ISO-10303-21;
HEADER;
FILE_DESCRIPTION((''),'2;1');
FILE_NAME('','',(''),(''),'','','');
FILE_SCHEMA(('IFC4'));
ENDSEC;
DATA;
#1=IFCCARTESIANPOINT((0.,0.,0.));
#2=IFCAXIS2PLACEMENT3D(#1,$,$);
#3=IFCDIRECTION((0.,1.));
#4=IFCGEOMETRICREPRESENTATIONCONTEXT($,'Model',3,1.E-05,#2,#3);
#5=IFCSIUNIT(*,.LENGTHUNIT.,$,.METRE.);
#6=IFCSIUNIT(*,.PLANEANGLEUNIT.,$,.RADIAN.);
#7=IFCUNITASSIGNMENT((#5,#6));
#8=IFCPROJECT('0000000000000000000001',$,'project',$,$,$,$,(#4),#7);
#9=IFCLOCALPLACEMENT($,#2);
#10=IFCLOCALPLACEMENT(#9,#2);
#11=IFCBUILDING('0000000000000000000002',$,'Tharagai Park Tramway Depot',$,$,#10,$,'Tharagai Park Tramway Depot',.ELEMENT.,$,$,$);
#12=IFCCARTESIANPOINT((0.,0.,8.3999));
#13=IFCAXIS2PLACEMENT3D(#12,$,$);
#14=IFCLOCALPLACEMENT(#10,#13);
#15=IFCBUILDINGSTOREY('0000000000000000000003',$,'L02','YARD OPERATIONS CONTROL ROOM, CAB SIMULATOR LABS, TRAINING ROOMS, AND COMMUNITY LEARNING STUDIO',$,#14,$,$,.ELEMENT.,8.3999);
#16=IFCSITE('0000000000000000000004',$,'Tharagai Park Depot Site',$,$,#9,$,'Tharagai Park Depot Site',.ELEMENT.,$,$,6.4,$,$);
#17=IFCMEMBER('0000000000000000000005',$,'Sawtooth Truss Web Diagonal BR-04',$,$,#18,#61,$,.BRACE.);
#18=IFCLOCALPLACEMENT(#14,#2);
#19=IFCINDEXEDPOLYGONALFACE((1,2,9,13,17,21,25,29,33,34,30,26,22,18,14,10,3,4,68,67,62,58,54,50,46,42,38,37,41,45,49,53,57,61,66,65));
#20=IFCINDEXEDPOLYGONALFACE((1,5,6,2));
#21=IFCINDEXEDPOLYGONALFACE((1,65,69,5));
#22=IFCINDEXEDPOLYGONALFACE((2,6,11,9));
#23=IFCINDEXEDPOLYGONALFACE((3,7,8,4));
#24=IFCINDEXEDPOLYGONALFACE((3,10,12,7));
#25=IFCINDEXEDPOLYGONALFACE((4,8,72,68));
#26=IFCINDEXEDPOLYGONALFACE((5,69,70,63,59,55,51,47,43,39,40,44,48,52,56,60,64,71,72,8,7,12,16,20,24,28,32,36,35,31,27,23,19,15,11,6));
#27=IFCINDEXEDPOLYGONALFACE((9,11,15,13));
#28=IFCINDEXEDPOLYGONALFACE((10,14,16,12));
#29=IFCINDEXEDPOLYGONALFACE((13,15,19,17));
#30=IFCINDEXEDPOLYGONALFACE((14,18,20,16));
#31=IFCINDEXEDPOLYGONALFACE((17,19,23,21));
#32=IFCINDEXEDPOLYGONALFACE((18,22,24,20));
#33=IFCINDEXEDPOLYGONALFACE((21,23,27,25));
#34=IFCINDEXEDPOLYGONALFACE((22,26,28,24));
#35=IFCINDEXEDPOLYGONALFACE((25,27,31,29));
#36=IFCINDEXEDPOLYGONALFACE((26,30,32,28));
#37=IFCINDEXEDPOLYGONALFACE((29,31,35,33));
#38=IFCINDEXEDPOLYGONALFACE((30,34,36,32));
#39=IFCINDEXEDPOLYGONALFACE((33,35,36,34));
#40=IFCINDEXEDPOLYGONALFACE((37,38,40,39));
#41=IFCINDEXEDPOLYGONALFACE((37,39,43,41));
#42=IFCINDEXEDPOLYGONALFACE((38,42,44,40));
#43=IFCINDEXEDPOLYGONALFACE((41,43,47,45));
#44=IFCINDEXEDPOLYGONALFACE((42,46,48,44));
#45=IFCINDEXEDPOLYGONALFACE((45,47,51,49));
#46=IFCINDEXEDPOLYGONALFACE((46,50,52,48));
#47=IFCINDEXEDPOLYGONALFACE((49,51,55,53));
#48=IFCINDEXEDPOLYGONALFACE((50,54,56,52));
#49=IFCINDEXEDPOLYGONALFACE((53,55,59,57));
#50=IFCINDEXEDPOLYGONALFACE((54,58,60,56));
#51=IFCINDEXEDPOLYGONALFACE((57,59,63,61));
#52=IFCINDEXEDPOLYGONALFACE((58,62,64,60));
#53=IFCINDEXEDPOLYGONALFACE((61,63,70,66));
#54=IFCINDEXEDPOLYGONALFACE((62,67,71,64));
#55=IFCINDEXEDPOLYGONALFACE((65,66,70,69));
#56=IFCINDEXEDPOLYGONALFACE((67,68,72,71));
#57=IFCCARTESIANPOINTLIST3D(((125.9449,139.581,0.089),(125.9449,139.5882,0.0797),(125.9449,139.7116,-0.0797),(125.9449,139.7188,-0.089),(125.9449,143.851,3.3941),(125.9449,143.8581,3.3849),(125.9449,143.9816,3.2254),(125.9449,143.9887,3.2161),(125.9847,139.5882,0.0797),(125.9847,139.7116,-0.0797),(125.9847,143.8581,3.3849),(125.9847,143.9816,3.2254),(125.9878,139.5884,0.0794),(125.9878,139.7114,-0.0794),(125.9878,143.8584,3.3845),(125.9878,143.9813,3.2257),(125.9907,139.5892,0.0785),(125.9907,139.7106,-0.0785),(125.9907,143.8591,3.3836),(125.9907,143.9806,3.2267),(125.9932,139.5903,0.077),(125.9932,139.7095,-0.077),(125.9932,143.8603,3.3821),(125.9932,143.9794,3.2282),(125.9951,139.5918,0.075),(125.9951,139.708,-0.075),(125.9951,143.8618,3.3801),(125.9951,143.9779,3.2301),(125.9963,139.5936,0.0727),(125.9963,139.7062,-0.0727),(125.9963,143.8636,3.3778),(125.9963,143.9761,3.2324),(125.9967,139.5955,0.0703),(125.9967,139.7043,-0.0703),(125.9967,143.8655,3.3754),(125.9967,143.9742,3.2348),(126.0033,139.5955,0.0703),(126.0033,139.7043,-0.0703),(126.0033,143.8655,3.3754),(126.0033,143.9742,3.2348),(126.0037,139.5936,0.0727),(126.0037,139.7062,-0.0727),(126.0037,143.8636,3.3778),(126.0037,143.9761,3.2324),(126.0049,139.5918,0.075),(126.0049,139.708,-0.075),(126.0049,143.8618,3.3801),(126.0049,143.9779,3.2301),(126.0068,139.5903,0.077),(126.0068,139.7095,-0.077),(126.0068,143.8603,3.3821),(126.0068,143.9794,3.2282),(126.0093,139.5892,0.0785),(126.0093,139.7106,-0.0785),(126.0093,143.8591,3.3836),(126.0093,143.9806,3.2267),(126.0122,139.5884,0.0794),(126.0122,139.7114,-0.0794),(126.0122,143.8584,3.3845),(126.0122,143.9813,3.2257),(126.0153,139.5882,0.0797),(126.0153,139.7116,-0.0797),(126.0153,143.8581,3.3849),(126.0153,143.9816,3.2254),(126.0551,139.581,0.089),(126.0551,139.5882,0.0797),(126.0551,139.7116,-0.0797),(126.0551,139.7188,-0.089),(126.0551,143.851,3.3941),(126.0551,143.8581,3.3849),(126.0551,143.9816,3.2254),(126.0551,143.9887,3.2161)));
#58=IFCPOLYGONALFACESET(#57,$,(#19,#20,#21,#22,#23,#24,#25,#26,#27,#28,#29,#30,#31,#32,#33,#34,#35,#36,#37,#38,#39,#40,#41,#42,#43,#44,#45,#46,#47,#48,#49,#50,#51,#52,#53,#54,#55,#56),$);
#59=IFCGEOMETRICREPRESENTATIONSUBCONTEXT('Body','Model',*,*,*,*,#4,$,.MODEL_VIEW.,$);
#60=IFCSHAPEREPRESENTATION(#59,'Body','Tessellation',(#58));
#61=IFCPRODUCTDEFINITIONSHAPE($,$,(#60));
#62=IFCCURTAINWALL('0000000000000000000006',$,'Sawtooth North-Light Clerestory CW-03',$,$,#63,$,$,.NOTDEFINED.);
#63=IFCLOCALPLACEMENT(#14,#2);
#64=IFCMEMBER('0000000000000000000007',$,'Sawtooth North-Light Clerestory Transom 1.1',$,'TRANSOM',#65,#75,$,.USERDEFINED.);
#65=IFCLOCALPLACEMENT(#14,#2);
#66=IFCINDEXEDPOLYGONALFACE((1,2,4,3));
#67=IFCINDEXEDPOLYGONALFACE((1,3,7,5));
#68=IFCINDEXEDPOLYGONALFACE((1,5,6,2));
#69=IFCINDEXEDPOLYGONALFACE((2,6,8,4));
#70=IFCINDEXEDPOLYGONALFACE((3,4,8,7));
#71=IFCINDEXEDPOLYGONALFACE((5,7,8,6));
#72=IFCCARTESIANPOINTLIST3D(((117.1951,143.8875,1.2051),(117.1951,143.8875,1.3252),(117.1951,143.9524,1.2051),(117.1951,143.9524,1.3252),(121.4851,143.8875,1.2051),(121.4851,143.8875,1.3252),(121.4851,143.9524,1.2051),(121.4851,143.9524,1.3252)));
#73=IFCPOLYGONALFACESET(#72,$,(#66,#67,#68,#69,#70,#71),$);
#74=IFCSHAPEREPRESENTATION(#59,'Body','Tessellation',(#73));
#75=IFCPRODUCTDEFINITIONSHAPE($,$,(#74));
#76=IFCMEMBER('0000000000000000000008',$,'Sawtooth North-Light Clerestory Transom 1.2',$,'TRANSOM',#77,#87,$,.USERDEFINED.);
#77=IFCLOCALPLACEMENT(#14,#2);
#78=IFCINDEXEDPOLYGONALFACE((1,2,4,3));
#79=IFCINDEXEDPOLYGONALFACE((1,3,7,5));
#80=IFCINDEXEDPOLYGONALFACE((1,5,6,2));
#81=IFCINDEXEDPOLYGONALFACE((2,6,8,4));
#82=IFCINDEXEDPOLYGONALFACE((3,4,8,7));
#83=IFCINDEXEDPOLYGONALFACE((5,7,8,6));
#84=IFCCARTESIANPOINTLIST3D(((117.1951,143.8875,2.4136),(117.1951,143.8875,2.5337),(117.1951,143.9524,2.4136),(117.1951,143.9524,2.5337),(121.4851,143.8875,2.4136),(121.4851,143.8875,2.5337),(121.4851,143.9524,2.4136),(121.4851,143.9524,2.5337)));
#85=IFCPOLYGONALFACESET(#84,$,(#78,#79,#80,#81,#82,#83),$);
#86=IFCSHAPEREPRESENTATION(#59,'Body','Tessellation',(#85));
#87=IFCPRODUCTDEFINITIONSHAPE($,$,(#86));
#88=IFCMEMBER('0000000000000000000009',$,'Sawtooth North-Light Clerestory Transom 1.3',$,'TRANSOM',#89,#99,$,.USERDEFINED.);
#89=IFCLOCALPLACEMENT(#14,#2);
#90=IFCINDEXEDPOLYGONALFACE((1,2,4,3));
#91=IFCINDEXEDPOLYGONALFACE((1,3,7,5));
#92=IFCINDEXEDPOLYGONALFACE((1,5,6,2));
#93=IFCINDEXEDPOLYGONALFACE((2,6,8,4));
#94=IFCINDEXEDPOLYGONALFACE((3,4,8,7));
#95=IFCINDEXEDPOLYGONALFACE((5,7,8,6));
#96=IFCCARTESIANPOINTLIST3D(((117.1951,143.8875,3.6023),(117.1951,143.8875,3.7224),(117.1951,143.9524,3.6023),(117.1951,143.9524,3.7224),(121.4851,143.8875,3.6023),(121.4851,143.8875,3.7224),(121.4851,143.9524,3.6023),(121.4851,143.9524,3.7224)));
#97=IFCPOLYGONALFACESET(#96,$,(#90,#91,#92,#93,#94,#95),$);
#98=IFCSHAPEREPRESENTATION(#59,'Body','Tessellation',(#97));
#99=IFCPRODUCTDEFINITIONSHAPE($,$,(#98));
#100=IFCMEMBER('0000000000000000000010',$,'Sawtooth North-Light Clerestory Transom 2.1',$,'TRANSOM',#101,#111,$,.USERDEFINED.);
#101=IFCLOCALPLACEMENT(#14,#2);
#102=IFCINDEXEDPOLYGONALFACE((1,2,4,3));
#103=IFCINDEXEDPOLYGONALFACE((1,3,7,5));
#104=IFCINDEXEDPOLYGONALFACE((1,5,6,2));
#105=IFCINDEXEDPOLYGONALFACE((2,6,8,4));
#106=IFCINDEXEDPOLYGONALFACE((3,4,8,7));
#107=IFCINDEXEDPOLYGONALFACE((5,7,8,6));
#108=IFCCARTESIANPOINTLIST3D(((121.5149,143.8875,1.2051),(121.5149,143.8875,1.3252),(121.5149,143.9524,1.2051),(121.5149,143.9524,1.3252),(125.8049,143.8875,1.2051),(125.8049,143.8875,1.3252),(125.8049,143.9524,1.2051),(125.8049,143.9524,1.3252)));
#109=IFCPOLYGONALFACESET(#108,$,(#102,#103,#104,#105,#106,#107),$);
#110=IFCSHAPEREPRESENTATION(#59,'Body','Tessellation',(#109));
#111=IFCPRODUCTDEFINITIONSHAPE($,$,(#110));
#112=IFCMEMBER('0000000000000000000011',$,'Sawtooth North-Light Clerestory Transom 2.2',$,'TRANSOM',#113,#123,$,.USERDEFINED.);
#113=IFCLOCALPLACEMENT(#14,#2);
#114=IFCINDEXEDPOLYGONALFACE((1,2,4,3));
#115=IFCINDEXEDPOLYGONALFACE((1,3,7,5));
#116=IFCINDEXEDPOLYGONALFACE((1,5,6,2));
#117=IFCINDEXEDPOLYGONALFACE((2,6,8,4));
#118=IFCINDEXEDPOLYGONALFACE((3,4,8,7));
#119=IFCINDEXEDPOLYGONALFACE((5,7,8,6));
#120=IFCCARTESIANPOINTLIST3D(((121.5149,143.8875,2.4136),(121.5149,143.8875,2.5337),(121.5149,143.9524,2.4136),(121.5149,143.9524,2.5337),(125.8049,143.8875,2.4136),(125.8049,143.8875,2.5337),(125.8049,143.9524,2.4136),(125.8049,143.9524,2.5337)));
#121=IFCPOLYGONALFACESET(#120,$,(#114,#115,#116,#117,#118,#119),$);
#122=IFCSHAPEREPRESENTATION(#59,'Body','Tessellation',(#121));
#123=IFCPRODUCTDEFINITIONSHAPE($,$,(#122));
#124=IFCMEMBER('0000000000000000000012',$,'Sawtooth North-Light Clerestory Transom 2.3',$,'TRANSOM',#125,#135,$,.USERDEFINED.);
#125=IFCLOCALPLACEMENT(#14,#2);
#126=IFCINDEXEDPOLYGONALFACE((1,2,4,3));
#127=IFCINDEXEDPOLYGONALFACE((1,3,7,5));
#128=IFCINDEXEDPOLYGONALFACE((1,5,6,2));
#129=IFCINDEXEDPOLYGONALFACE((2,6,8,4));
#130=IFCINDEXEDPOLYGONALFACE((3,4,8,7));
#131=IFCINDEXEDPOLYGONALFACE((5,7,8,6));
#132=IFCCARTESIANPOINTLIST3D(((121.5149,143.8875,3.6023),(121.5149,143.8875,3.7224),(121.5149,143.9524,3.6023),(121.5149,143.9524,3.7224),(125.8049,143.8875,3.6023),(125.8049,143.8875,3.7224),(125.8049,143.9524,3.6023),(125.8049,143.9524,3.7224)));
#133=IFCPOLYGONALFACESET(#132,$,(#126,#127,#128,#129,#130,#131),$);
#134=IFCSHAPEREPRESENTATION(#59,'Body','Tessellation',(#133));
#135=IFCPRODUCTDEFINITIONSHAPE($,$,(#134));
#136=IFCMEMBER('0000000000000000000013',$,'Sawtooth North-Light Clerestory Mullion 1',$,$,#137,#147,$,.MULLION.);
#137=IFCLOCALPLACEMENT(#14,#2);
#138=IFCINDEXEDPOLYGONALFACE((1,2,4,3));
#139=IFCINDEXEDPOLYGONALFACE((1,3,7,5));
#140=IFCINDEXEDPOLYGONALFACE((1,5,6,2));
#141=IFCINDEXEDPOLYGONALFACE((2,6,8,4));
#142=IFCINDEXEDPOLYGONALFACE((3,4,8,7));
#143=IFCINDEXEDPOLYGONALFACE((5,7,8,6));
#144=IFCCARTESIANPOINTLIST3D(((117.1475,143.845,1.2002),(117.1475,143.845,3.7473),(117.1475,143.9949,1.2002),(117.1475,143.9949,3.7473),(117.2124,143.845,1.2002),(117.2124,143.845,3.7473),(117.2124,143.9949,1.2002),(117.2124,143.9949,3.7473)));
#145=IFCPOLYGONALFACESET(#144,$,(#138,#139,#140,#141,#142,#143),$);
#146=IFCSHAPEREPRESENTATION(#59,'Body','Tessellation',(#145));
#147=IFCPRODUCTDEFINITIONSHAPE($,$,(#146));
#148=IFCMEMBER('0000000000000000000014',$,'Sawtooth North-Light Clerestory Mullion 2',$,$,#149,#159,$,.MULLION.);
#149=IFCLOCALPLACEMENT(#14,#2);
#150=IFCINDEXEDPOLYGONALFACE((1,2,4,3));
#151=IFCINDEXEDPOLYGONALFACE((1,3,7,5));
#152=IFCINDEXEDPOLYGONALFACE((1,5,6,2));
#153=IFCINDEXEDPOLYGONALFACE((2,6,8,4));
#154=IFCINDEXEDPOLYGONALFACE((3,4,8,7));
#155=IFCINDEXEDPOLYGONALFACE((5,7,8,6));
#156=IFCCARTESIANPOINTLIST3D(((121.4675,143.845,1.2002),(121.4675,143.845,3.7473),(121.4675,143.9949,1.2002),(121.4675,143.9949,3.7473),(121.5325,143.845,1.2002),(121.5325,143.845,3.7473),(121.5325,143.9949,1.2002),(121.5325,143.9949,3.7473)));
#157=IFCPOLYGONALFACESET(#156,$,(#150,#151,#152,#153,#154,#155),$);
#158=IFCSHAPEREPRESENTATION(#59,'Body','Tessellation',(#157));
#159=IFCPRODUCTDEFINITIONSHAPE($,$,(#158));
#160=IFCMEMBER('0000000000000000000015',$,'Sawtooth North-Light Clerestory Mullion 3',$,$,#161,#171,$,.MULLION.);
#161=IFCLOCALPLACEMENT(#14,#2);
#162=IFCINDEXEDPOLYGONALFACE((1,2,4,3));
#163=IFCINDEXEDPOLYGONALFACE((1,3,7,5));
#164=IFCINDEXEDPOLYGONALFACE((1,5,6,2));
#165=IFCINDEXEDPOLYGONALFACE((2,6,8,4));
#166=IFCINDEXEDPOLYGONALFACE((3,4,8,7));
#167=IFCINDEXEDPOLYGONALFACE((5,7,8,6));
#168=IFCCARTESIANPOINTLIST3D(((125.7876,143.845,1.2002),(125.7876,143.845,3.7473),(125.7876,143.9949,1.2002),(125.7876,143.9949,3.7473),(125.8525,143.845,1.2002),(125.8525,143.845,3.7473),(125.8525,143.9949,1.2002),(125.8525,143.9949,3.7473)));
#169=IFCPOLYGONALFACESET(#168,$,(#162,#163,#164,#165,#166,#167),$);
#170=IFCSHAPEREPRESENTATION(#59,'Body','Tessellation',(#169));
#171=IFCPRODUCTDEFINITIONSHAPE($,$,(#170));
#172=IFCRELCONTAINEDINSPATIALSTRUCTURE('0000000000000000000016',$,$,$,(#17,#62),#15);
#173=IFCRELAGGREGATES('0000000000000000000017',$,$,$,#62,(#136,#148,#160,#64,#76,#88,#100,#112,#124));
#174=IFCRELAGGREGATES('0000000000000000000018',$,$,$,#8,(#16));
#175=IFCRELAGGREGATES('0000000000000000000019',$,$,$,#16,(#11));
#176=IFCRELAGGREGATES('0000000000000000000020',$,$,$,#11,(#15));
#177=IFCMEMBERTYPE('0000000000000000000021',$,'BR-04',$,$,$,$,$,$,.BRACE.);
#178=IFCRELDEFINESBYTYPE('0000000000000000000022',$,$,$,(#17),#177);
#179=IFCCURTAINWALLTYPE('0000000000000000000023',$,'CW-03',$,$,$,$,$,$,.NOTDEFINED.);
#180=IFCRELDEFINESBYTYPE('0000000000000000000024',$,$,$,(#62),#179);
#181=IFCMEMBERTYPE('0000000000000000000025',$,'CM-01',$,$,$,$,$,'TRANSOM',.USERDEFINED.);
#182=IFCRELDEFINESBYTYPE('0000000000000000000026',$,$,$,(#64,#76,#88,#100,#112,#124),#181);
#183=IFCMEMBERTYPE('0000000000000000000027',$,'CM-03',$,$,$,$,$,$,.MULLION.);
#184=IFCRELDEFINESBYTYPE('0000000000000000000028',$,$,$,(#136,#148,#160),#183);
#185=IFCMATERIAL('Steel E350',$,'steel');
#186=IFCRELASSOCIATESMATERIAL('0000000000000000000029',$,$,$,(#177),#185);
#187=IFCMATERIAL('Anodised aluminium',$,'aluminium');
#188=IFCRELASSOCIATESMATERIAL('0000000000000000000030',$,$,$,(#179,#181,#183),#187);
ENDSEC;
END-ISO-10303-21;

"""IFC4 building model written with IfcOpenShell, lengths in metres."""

from ifc_helpers import new_model, si_unit, direction, frame, origin, origin_2d, place, context, subcontext, project, spatial, rectangle, i_section, extrude, material, material_profile, profile_set, type_object, element, aggregate, save


model = new_model("IFC4")

# Units and contexts
model_context = context("Model", 3, precision=1e-05, world=origin(), true_north=direction((0.0, 1.0)))
body_context = subcontext(model_context, "Body", "Model", "MODEL_VIEW")
ifc_project = project(units=[si_unit("LENGTHUNIT", "METRE"), si_unit("PLANEANGLEUNIT", "RADIAN")], contexts=[model_context])

# Site, building, storey
site_placement = place(None, origin())
site = spatial("IfcSite", under=ifc_project, at=site_placement, Name="Tharagai Park Depot Site", LongName="Tharagai Park Depot Site", CompositionType="ELEMENT", RefElevation=6.4)
building_placement = place(site_placement, origin())
building = spatial("IfcBuilding", under=site, at=building_placement, Name="Tharagai Park Tramway Depot", LongName="Tharagai Park Tramway Depot", CompositionType="ELEMENT")
storey_placement = place(building_placement, frame((0.0, 0.0, 8.3999)))
storey = spatial("IfcBuildingStorey", under=building, at=storey_placement, Name="L02", Description="YARD OPERATIONS CONTROL ROOM, CAB SIMULATOR LABS, TRAINING ROOMS, AND COMMUNITY LEARNING STUDIO", CompositionType="ELEMENT", Elevation=8.3999)

# Shared definitions
ifc_material_1 = material(Name="Steel E350", Category="steel")

# Member
ifc_material_profile_1 = material_profile(ifc_material_1, i_section(OverallWidth=0.1101, OverallDepth=0.2251, WebThickness=0.0066, FlangeThickness=0.0117, FilletRadius=0.012, at=origin_2d()), Name="ISMB 225")
ifc_profile_set_1 = profile_set([ifc_material_profile_1], Name="Steel E350")
member_type_1 = type_object("IfcMemberType", Name="BR-04", PredefinedType="BRACE", material=ifc_profile_set_1)
for number, where, z_axis, x_axis, name in (
    (1, (126.0, 139.6499, 0.0), (0.0, 0.790782, 0.612098), (-1.0, 0.0, 0.0), "Sawtooth Truss Web Diagonal BR-04"),
):
    element("IfcMember", number, at=place(storey_placement, frame(where, z_axis=z_axis, x_axis=x_axis)), inside=storey, type_object=member_type_1, Name=name, PredefinedType="BRACE", context=body_context, shape_type="SweptSolid", body=[
        extrude(i_section(OverallWidth=0.1101, OverallDepth=0.2251, WebThickness=0.0066, FlangeThickness=0.0117, FilletRadius=0.012, at=origin_2d()), origin(), (0.0, 0.0, 1.0), 5.3997),
    ])

# Curtain wall, members
ifc_material_2 = material(Name="Anodised aluminium", Category="aluminium")
curtain_wall_type = type_object("IfcCurtainWallType", Name="CW-03", PredefinedType="NOTDEFINED", material=ifc_material_2)
curtain_wall_placement = place(storey_placement, origin())
curtain_wall = element("IfcCurtainWall", 2, at=curtain_wall_placement, inside=storey, type_object=curtain_wall_type, Name="Sawtooth North-Light Clerestory CW-03", PredefinedType="NOTDEFINED")
ifc_material_profile_2 = material_profile(ifc_material_2, rectangle(XDim=0.0649, YDim=0.1201, at=origin_2d()), Name="ALU 65x120")
ifc_profile_set_2 = profile_set([ifc_material_profile_2], Name="Anodised aluminium")
member_type_2 = type_object("IfcMemberType", Name="CM-01", ElementType="TRANSOM", PredefinedType="USERDEFINED", material=ifc_profile_set_2)
member_1_placement = place(storey_placement, frame((117.1951, 143.9199, 1.2651), z_axis=(1.0, 0.0, 0.0), x_axis=(0.0, 1.0, 0.0)))
member_1 = element("IfcMember", 3, at=member_1_placement, type_object=member_type_2, Name="Sawtooth North-Light Clerestory Transom 1.1", ObjectType="TRANSOM", PredefinedType="USERDEFINED", context=body_context, shape_type="SweptSolid", body=[
    extrude(rectangle(XDim=0.0649, YDim=0.1201, at=origin_2d()), origin(), (0.0, 0.0, 1.0), 4.29),
])
member_2_placement = place(storey_placement, frame((117.1951, 143.9199, 2.4736), z_axis=(1.0, 0.0, 0.0), x_axis=(0.0, 1.0, 0.0)))
member_2 = element("IfcMember", 4, at=member_2_placement, type_object=member_type_2, Name="Sawtooth North-Light Clerestory Transom 1.2", ObjectType="TRANSOM", PredefinedType="USERDEFINED", context=body_context, shape_type="SweptSolid", body=[
    extrude(rectangle(XDim=0.0649, YDim=0.1201, at=origin_2d()), origin(), (0.0, 0.0, 1.0), 4.29),
])
member_3_placement = place(storey_placement, frame((117.1951, 143.9199, 3.6624), z_axis=(1.0, 0.0, 0.0), x_axis=(0.0, 1.0, 0.0)))
member_3 = element("IfcMember", 5, at=member_3_placement, type_object=member_type_2, Name="Sawtooth North-Light Clerestory Transom 1.3", ObjectType="TRANSOM", PredefinedType="USERDEFINED", context=body_context, shape_type="SweptSolid", body=[
    extrude(rectangle(XDim=0.0649, YDim=0.1201, at=origin_2d()), origin(), (0.0, 0.0, 1.0), 4.29),
])
member_4_placement = place(storey_placement, frame((121.5149, 143.9199, 1.2651), z_axis=(1.0, 0.0, 0.0), x_axis=(0.0, 1.0, 0.0)))
member_4 = element("IfcMember", 6, at=member_4_placement, type_object=member_type_2, Name="Sawtooth North-Light Clerestory Transom 2.1", ObjectType="TRANSOM", PredefinedType="USERDEFINED", context=body_context, shape_type="SweptSolid", body=[
    extrude(rectangle(XDim=0.0649, YDim=0.1201, at=origin_2d()), origin(), (0.0, 0.0, 1.0), 4.29),
])
member_5_placement = place(storey_placement, frame((121.5149, 143.9199, 2.4736), z_axis=(1.0, 0.0, 0.0), x_axis=(0.0, 1.0, 0.0)))
member_5 = element("IfcMember", 7, at=member_5_placement, type_object=member_type_2, Name="Sawtooth North-Light Clerestory Transom 2.2", ObjectType="TRANSOM", PredefinedType="USERDEFINED", context=body_context, shape_type="SweptSolid", body=[
    extrude(rectangle(XDim=0.0649, YDim=0.1201, at=origin_2d()), origin(), (0.0, 0.0, 1.0), 4.29),
])
member_6_placement = place(storey_placement, frame((121.5149, 143.9199, 3.6624), z_axis=(1.0, 0.0, 0.0), x_axis=(0.0, 1.0, 0.0)))
member_6 = element("IfcMember", 8, at=member_6_placement, type_object=member_type_2, Name="Sawtooth North-Light Clerestory Transom 2.3", ObjectType="TRANSOM", PredefinedType="USERDEFINED", context=body_context, shape_type="SweptSolid", body=[
    extrude(rectangle(XDim=0.0649, YDim=0.1201, at=origin_2d()), origin(), (0.0, 0.0, 1.0), 4.29),
])
ifc_material_profile_3 = material_profile(ifc_material_2, rectangle(XDim=0.0649, YDim=0.1499, at=origin_2d()), Name="ALU 65x150")
ifc_profile_set_3 = profile_set([ifc_material_profile_3], Name="Anodised aluminium")
member_type_3 = type_object("IfcMemberType", Name="CM-03", PredefinedType="MULLION", material=ifc_profile_set_3)
member_7_placement = place(storey_placement, frame((117.1799, 143.9199, 1.2002), z_axis=(0.0, 0.0, 1.0), x_axis=(1.0, 0.0, 0.0)))
member_7 = element("IfcMember", 9, at=member_7_placement, type_object=member_type_3, Name="Sawtooth North-Light Clerestory Mullion 1", PredefinedType="MULLION", context=body_context, shape_type="SweptSolid", body=[
    extrude(rectangle(XDim=0.0649, YDim=0.1499, at=origin_2d()), origin(), (0.0, 0.0, 1.0), 2.5471),
])
member_8_placement = place(storey_placement, frame((121.5, 143.9199, 1.2002), z_axis=(0.0, 0.0, 1.0), x_axis=(1.0, 0.0, 0.0)))
member_8 = element("IfcMember", 10, at=member_8_placement, type_object=member_type_3, Name="Sawtooth North-Light Clerestory Mullion 2", PredefinedType="MULLION", context=body_context, shape_type="SweptSolid", body=[
    extrude(rectangle(XDim=0.0649, YDim=0.1499, at=origin_2d()), origin(), (0.0, 0.0, 1.0), 2.5471),
])
member_9_placement = place(storey_placement, frame((125.8201, 143.9199, 1.2002), z_axis=(0.0, 0.0, 1.0), x_axis=(1.0, 0.0, 0.0)))
member_9 = element("IfcMember", 11, at=member_9_placement, type_object=member_type_3, Name="Sawtooth North-Light Clerestory Mullion 3", PredefinedType="MULLION", context=body_context, shape_type="SweptSolid", body=[
    extrude(rectangle(XDim=0.0649, YDim=0.1499, at=origin_2d()), origin(), (0.0, 0.0, 1.0), 2.5471),
])

aggregate(curtain_wall, [member_7, member_8, member_9, member_1, member_2, member_3, member_4, member_5, member_6])

save(model, "model.ifc")
